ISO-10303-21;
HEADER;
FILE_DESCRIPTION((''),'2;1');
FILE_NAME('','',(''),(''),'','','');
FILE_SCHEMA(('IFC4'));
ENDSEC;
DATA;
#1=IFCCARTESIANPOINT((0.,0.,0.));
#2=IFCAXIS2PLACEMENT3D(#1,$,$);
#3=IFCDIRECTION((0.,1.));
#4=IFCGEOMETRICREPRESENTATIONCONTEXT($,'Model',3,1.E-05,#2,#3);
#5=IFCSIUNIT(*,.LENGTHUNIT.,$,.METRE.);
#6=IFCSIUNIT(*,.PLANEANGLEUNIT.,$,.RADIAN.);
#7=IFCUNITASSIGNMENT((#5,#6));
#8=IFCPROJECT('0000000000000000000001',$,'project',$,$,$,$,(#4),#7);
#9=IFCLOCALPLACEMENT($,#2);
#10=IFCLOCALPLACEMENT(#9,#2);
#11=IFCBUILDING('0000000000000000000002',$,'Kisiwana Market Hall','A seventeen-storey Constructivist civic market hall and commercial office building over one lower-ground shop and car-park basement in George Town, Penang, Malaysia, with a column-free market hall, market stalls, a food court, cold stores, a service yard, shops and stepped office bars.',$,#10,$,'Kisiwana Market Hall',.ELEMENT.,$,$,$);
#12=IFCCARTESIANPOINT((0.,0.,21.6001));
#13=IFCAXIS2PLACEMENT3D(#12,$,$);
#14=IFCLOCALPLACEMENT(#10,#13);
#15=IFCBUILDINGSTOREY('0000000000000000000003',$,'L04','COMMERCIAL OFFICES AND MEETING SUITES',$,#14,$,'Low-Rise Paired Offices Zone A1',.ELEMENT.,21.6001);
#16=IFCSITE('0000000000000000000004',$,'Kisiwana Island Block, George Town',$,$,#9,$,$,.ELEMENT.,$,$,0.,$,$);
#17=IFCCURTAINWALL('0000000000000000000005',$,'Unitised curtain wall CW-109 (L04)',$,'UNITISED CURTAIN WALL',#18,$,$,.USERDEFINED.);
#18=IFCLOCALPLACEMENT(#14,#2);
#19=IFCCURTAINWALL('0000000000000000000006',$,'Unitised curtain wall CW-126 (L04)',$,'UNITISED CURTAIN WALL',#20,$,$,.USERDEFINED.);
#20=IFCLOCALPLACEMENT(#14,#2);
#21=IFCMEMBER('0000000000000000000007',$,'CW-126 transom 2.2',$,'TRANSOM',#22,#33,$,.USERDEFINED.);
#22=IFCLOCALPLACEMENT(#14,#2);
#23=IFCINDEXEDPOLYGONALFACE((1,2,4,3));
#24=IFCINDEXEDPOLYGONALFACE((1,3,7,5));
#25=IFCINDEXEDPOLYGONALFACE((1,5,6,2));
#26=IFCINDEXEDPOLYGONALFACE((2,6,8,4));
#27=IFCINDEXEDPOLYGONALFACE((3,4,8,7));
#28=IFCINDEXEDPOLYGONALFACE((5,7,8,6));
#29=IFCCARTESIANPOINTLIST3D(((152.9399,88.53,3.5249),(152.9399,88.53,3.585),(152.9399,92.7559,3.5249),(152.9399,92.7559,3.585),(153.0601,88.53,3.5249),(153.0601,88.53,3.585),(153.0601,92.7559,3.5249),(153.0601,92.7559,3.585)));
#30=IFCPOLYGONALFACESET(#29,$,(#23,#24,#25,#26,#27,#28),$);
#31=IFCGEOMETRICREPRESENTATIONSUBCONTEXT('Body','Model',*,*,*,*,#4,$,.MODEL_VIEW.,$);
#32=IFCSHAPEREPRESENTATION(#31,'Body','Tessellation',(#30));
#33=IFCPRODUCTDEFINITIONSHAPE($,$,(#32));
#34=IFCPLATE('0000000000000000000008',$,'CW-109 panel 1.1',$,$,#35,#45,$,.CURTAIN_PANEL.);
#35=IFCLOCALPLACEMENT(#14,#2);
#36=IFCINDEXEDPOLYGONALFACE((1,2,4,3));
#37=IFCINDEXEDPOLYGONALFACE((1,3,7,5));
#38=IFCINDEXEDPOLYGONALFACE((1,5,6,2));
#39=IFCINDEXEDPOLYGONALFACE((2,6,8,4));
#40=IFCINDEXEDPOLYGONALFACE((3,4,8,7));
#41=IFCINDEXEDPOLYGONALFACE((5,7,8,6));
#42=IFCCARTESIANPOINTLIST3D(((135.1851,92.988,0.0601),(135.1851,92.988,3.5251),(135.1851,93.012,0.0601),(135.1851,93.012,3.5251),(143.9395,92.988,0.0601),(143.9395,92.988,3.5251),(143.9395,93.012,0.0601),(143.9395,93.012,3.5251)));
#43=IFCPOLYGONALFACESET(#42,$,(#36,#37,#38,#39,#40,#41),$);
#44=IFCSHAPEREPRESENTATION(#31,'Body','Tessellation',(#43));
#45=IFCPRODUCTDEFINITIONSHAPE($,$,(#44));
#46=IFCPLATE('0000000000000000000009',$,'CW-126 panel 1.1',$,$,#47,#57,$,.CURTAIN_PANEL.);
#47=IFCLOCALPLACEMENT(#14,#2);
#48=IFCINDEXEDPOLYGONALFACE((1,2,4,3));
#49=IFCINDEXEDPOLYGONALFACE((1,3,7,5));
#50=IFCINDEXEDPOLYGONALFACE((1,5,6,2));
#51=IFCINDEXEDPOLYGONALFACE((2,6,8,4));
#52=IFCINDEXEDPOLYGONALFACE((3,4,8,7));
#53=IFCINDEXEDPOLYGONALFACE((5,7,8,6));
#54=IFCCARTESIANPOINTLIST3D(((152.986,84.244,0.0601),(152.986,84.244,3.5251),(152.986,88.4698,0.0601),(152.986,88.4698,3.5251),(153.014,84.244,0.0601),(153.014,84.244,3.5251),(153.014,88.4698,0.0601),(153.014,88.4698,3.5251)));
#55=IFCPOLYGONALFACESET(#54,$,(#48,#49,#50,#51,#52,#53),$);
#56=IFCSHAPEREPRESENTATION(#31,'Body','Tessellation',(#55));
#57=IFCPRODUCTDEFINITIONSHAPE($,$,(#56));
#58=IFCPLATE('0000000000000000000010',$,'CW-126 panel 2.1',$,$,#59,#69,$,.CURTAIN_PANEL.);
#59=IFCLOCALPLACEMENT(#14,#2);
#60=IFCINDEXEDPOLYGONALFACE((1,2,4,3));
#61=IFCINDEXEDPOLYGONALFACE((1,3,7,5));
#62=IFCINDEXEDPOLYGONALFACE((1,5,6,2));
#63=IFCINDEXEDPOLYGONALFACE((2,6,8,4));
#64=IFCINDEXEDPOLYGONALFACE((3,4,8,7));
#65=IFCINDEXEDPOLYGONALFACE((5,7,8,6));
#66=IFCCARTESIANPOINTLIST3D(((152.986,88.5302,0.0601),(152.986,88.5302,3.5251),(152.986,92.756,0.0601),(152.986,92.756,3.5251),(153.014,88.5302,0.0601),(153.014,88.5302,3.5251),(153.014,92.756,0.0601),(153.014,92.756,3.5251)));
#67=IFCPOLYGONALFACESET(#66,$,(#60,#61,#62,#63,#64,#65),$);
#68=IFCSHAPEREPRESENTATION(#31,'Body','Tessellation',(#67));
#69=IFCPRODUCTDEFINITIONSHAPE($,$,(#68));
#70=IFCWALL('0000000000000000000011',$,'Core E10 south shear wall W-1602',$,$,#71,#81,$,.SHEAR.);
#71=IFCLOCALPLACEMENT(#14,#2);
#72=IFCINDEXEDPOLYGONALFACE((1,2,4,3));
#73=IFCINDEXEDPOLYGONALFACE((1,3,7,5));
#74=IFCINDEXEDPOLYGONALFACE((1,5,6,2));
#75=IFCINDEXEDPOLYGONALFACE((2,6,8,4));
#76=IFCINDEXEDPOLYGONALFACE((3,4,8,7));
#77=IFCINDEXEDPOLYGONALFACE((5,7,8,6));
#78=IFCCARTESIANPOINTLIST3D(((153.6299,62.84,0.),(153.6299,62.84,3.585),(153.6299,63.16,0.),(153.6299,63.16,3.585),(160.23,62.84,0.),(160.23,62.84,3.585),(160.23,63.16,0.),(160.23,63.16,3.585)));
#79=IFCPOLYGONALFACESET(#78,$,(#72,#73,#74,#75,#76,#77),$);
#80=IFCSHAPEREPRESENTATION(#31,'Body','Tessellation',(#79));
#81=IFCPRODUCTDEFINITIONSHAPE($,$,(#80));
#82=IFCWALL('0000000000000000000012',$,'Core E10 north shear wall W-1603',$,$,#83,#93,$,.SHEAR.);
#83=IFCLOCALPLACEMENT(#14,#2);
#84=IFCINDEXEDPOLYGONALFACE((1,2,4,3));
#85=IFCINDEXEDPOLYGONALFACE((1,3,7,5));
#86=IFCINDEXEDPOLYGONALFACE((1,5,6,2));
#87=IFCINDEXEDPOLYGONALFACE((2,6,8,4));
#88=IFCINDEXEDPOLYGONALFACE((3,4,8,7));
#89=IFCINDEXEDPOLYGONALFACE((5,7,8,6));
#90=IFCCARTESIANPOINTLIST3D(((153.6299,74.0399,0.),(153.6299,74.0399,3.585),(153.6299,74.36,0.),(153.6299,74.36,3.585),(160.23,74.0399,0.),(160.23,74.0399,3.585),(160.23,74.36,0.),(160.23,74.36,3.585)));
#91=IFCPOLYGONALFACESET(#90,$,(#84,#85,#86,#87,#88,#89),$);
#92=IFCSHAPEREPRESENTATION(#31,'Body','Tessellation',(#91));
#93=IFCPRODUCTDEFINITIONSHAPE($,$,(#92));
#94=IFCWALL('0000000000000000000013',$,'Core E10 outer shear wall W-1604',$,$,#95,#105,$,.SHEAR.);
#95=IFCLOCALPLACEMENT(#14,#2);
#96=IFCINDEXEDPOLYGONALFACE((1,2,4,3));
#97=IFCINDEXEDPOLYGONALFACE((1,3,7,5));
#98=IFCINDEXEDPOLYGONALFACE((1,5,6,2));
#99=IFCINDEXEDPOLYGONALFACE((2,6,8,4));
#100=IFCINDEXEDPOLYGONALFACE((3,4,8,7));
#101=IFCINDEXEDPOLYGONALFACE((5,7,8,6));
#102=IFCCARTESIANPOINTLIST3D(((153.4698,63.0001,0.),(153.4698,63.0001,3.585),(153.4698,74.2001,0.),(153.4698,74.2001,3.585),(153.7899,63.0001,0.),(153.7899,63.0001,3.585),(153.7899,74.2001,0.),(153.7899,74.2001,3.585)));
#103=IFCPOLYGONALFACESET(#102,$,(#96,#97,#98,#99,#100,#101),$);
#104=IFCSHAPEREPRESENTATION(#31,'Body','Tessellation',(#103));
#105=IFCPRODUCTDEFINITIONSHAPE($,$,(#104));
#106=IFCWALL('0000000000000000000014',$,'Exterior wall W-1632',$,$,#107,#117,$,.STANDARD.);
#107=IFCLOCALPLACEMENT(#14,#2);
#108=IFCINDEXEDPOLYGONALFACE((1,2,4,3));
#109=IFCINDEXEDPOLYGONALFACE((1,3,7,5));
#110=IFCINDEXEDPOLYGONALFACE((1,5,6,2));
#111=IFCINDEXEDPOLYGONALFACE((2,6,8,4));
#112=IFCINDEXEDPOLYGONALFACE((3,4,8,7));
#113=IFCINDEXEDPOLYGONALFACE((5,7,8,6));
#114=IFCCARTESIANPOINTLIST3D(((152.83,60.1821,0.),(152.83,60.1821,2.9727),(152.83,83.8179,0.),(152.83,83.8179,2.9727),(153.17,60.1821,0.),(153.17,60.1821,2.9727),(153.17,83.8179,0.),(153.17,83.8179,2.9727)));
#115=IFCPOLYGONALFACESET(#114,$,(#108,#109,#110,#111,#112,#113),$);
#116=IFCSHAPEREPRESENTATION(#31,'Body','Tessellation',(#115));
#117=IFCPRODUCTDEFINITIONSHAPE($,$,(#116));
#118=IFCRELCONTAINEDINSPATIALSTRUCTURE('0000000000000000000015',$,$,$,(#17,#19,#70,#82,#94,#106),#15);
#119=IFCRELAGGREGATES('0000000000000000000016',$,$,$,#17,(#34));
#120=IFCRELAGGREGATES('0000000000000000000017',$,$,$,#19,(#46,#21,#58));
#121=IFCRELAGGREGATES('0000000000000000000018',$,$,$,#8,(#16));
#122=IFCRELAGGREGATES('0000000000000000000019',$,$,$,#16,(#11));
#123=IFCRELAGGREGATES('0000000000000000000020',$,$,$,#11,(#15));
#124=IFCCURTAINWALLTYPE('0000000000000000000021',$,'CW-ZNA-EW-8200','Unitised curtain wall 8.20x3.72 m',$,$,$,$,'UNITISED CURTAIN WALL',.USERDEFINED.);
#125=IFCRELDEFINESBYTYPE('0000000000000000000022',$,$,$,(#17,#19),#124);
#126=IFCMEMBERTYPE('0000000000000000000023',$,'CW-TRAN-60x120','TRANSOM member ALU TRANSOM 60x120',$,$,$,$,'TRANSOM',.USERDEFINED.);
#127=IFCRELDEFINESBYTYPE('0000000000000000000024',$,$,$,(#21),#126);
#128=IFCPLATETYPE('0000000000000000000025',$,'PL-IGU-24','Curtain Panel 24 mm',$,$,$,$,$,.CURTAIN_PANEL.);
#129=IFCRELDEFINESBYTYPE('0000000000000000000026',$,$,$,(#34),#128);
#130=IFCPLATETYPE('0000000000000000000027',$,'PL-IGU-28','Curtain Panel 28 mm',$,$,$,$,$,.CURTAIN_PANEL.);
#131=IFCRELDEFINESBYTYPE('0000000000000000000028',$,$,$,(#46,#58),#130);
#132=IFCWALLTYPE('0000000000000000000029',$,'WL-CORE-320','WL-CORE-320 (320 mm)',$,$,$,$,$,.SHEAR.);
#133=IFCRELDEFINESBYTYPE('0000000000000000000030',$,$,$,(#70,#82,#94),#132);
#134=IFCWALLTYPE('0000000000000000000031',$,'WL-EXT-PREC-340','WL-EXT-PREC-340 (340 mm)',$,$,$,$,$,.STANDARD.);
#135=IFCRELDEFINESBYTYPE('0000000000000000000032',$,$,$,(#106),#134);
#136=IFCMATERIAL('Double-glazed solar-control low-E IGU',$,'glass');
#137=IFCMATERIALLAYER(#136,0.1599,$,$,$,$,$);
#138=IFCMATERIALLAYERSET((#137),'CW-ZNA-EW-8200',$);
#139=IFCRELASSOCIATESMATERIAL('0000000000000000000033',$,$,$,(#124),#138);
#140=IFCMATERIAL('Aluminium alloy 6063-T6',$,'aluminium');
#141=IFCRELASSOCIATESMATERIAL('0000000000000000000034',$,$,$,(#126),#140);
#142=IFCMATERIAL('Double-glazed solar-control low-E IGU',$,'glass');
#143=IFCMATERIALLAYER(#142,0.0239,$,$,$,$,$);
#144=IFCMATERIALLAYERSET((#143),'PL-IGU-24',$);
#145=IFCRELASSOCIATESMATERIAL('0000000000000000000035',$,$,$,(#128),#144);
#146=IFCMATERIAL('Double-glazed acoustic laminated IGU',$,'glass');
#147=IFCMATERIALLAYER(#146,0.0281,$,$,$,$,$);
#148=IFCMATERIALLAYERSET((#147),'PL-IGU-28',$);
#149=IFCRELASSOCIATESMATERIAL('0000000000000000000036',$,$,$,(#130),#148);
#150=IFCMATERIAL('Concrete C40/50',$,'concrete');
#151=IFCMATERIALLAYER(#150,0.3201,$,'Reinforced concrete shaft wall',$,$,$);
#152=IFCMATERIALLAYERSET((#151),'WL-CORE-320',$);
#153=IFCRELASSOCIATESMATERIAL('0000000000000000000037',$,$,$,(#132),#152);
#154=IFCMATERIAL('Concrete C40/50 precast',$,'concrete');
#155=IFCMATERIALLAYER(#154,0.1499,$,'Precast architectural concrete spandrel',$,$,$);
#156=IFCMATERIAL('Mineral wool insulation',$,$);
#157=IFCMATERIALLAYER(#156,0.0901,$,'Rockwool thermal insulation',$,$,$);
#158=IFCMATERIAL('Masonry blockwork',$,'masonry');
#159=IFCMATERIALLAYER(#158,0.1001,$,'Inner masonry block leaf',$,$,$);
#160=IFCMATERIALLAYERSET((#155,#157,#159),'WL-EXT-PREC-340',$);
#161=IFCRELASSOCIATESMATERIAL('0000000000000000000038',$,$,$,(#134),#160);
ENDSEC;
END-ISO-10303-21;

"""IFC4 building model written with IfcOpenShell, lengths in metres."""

from ifc_helpers import new_model, si_unit, direction, frame, frame_2d, origin, origin_2d, place, context, subcontext, project, spatial, rectangle, extrude, material, layer, layer_set, material_profile, profile_set, type_object, element, aggregate, save


model = new_model("IFC4")

# Units and contexts
model_context = context("Model", 3, precision=1e-05, world=origin(), true_north=direction((0.0, 1.0)))
body_context = subcontext(model_context, "Body", "Model", "MODEL_VIEW")
ifc_project = project(units=[si_unit("LENGTHUNIT", "METRE"), si_unit("PLANEANGLEUNIT", "RADIAN")], contexts=[model_context])

# Site, building, storey
site_placement = place(None, origin())
site = spatial("IfcSite", under=ifc_project, at=site_placement, Name="Kisiwana Island Block, George Town", CompositionType="ELEMENT", RefElevation=0.0)
building_placement = place(site_placement, origin())
building = spatial("IfcBuilding", under=site, at=building_placement, Name="Kisiwana Market Hall", Description="A seventeen-storey Constructivist civic market hall and commercial office building over one lower-ground shop and car-park basement in George Town, Penang, Malaysia, with a column-free market hall, market stalls, a food court, cold stores, a service yard, shops and stepped office bars.", LongName="Kisiwana Market Hall", CompositionType="ELEMENT")
storey_placement = place(building_placement, frame((0.0, 0.0, 21.6001)))
storey = spatial("IfcBuildingStorey", under=building, at=storey_placement, Name="L04", Description="COMMERCIAL OFFICES AND MEETING SUITES", LongName="Low-Rise Paired Offices Zone A1", CompositionType="ELEMENT", Elevation=21.6001)

# Curtain wall
ifc_material_1 = material(Name="Double-glazed solar-control low-E IGU", Category="glass")
ifc_layer_1 = layer(ifc_material_1, 0.1599)
ifc_layer_set_1 = layer_set([ifc_layer_1], Name="CW-ZNA-EW-8200")
curtain_wall_type = type_object("IfcCurtainWallType", Name="CW-ZNA-EW-8200", Description="Unitised curtain wall 8.20x3.72 m", ElementType="UNITISED CURTAIN WALL", PredefinedType="USERDEFINED", material=ifc_layer_set_1)
curtain_wall_1_placement = place(storey_placement, origin())
curtain_wall_1 = element("IfcCurtainWall", 1, at=curtain_wall_1_placement, inside=storey, type_object=curtain_wall_type, Name="Unitised curtain wall CW-109 (L04)", ObjectType="UNITISED CURTAIN WALL", PredefinedType="USERDEFINED")

# Curtain wall
curtain_wall_2_placement = place(storey_placement, origin())
curtain_wall_2 = element("IfcCurtainWall", 2, at=curtain_wall_2_placement, inside=storey, type_object=curtain_wall_type, Name="Unitised curtain wall CW-126 (L04)", ObjectType="UNITISED CURTAIN WALL", PredefinedType="USERDEFINED")

# Member
ifc_material_2 = material(Name="Aluminium alloy 6063-T6", Category="aluminium")
ifc_material_profile_1 = material_profile(ifc_material_2, rectangle(XDim=0.1201, YDim=0.0601, at=origin_2d()), Name="ALU TRANSOM 60x120")
ifc_profile_set_1 = profile_set([ifc_material_profile_1], Name="Aluminium alloy 6063-T6")
member_type_1 = type_object("IfcMemberType", Name="CW-TRAN-60x120", Description="TRANSOM member ALU TRANSOM 60x120", ElementType="TRANSOM", PredefinedType="USERDEFINED", material=ifc_profile_set_1)
member_1_placement = place(storey_placement, frame((153.0, 88.53, 3.5549), z_axis=(0.0, 1.0, 0.0), x_axis=(-1.0, 0.0, 0.0)))
member_1 = element("IfcMember", 3, at=member_1_placement, type_object=member_type_1, Name="CW-126 transom 2.2", ObjectType="TRANSOM", PredefinedType="USERDEFINED", context=body_context, shape_type="SweptSolid", body=[
    extrude(rectangle(XDim=0.1201, YDim=0.0601, at=origin_2d()), origin(), (0.0, 0.0, 1.0), 4.2258),
])

# Plates
ifc_material_3 = material(Name="Double-glazed solar-control low-E IGU", Category="glass")
ifc_layer_2 = layer(ifc_material_3, 0.0239)
ifc_layer_set_2 = layer_set([ifc_layer_2], Name="PL-IGU-24")
plate_type_1 = type_object("IfcPlateType", Name="PL-IGU-24", Description="Curtain Panel 24 mm", PredefinedType="CURTAIN_PANEL", material=ifc_layer_set_2)
plate_1_placement = place(storey_placement, frame((139.5623, 93.0, 0.0601), z_axis=(0.0, 0.0, 1.0), x_axis=(1.0, 0.0, 0.0)))
plate_1 = element("IfcPlate", 4, at=plate_1_placement, type_object=plate_type_1, Name="CW-109 panel 1.1", PredefinedType="CURTAIN_PANEL", context=body_context, shape_type="SweptSolid", body=[
    extrude(rectangle(XDim=8.7544, YDim=0.0239, at=origin_2d()), origin(), (0.0, 0.0, 1.0), 3.4651),
])
aggregate(curtain_wall_1, [plate_1])
ifc_material_4 = material(Name="Double-glazed acoustic laminated IGU", Category="glass")
ifc_layer_3 = layer(ifc_material_4, 0.0281)
ifc_layer_set_3 = layer_set([ifc_layer_3], Name="PL-IGU-28")
plate_type_2 = type_object("IfcPlateType", Name="PL-IGU-28", Description="Curtain Panel 28 mm", PredefinedType="CURTAIN_PANEL", material=ifc_layer_set_3)
plate_2_placement = place(storey_placement, frame((153.0, 86.3569, 0.0601), z_axis=(0.0, 0.0, 1.0), x_axis=(0.0, 1.0, 0.0)))
plate_2 = element("IfcPlate", 5, at=plate_2_placement, type_object=plate_type_2, Name="CW-126 panel 1.1", PredefinedType="CURTAIN_PANEL", context=body_context, shape_type="SweptSolid", body=[
    extrude(rectangle(XDim=4.2258, YDim=0.0281, at=origin_2d()), origin(), (0.0, 0.0, 1.0), 3.4651),
])
plate_3_placement = place(storey_placement, frame((153.0, 90.6431, 0.0601), z_axis=(0.0, 0.0, 1.0), x_axis=(0.0, 1.0, 0.0)))
plate_3 = element("IfcPlate", 6, at=plate_3_placement, type_object=plate_type_2, Name="CW-126 panel 2.1", PredefinedType="CURTAIN_PANEL", context=body_context, shape_type="SweptSolid", body=[
    extrude(rectangle(XDim=4.2258, YDim=0.0281, at=origin_2d()), origin(), (0.0, 0.0, 1.0), 3.4651),
])
aggregate(curtain_wall_2, [plate_2, member_1, plate_3])

# Walls
ifc_material_5 = material(Name="Concrete C40/50", Category="concrete")
ifc_layer_4 = layer(ifc_material_5, 0.3201, Name="Reinforced concrete shaft wall")
ifc_layer_set_4 = layer_set([ifc_layer_4], Name="WL-CORE-320")
wall_type_1 = type_object("IfcWallType", Name="WL-CORE-320", Description="WL-CORE-320 (320 mm)", PredefinedType="SHEAR", material=ifc_layer_set_4)
for number, where, z_axis, x_axis, name in (
    (7, (153.6299, 63.0, 0.0), (0.0, 0.0, 1.0), (1.0, 0.0, 0.0), "Core E10 south shear wall W-1602"),
    (8, (153.6299, 74.2, 0.0), (0.0, 0.0, 1.0), (1.0, 0.0, 0.0), "Core E10 north shear wall W-1603"),
):
    element("IfcWall", number, at=place(storey_placement, frame(where, z_axis=z_axis, x_axis=x_axis)), inside=storey, type_object=wall_type_1, Name=name, PredefinedType="SHEAR", context=body_context, shape_type="SweptSolid", body=[
        extrude(rectangle(XDim=6.6001, YDim=0.3201, at=frame_2d((3.3, 0.0))), origin(), (0.0, 0.0, 1.0), 3.585),
    ])
wall_1_placement = place(storey_placement, frame((153.6299, 63.0, 0.0), z_axis=(0.0, 0.0, 1.0), x_axis=(0.0, 1.0, 0.0)))
element("IfcWall", 9, at=wall_1_placement, inside=storey, type_object=wall_type_1, Name="Core E10 outer shear wall W-1604", PredefinedType="SHEAR", context=body_context, shape_type="SweptSolid", body=[
    extrude(rectangle(XDim=11.2, YDim=0.3201, at=frame_2d((5.6001, 0.0))), origin(), (0.0, 0.0, 1.0), 3.585),
])
ifc_material_6 = material(Name="Concrete C40/50 precast", Category="concrete")
ifc_layer_5 = layer(ifc_material_6, 0.1499, Name="Precast architectural concrete spandrel")
ifc_material_7 = material(Name="Mineral wool insulation")
ifc_layer_6 = layer(ifc_material_7, 0.0901, Name="Rockwool thermal insulation")
ifc_material_8 = material(Name="Masonry blockwork", Category="masonry")
ifc_layer_7 = layer(ifc_material_8, 0.1001, Name="Inner masonry block leaf")
ifc_layer_set_5 = layer_set([ifc_layer_5, ifc_layer_6, ifc_layer_7], Name="WL-EXT-PREC-340")
wall_type_2 = type_object("IfcWallType", Name="WL-EXT-PREC-340", Description="WL-EXT-PREC-340 (340 mm)", PredefinedType="STANDARD", material=ifc_layer_set_5)
wall_2_placement = place(storey_placement, frame((153.0, 60.1821, 0.0), z_axis=(0.0, 0.0, 1.0), x_axis=(0.0, 1.0, 0.0)))
element("IfcWall", 10, at=wall_2_placement, inside=storey, type_object=wall_type_2, Name="Exterior wall W-1632", PredefinedType="STANDARD", context=body_context, shape_type="SweptSolid", body=[
    extrude(rectangle(XDim=23.6357, YDim=0.3401, at=frame_2d((11.8179, 0.0))), origin(), (0.0, 0.0, 1.0), 2.9727),
])

save(model, "model.ifc")
